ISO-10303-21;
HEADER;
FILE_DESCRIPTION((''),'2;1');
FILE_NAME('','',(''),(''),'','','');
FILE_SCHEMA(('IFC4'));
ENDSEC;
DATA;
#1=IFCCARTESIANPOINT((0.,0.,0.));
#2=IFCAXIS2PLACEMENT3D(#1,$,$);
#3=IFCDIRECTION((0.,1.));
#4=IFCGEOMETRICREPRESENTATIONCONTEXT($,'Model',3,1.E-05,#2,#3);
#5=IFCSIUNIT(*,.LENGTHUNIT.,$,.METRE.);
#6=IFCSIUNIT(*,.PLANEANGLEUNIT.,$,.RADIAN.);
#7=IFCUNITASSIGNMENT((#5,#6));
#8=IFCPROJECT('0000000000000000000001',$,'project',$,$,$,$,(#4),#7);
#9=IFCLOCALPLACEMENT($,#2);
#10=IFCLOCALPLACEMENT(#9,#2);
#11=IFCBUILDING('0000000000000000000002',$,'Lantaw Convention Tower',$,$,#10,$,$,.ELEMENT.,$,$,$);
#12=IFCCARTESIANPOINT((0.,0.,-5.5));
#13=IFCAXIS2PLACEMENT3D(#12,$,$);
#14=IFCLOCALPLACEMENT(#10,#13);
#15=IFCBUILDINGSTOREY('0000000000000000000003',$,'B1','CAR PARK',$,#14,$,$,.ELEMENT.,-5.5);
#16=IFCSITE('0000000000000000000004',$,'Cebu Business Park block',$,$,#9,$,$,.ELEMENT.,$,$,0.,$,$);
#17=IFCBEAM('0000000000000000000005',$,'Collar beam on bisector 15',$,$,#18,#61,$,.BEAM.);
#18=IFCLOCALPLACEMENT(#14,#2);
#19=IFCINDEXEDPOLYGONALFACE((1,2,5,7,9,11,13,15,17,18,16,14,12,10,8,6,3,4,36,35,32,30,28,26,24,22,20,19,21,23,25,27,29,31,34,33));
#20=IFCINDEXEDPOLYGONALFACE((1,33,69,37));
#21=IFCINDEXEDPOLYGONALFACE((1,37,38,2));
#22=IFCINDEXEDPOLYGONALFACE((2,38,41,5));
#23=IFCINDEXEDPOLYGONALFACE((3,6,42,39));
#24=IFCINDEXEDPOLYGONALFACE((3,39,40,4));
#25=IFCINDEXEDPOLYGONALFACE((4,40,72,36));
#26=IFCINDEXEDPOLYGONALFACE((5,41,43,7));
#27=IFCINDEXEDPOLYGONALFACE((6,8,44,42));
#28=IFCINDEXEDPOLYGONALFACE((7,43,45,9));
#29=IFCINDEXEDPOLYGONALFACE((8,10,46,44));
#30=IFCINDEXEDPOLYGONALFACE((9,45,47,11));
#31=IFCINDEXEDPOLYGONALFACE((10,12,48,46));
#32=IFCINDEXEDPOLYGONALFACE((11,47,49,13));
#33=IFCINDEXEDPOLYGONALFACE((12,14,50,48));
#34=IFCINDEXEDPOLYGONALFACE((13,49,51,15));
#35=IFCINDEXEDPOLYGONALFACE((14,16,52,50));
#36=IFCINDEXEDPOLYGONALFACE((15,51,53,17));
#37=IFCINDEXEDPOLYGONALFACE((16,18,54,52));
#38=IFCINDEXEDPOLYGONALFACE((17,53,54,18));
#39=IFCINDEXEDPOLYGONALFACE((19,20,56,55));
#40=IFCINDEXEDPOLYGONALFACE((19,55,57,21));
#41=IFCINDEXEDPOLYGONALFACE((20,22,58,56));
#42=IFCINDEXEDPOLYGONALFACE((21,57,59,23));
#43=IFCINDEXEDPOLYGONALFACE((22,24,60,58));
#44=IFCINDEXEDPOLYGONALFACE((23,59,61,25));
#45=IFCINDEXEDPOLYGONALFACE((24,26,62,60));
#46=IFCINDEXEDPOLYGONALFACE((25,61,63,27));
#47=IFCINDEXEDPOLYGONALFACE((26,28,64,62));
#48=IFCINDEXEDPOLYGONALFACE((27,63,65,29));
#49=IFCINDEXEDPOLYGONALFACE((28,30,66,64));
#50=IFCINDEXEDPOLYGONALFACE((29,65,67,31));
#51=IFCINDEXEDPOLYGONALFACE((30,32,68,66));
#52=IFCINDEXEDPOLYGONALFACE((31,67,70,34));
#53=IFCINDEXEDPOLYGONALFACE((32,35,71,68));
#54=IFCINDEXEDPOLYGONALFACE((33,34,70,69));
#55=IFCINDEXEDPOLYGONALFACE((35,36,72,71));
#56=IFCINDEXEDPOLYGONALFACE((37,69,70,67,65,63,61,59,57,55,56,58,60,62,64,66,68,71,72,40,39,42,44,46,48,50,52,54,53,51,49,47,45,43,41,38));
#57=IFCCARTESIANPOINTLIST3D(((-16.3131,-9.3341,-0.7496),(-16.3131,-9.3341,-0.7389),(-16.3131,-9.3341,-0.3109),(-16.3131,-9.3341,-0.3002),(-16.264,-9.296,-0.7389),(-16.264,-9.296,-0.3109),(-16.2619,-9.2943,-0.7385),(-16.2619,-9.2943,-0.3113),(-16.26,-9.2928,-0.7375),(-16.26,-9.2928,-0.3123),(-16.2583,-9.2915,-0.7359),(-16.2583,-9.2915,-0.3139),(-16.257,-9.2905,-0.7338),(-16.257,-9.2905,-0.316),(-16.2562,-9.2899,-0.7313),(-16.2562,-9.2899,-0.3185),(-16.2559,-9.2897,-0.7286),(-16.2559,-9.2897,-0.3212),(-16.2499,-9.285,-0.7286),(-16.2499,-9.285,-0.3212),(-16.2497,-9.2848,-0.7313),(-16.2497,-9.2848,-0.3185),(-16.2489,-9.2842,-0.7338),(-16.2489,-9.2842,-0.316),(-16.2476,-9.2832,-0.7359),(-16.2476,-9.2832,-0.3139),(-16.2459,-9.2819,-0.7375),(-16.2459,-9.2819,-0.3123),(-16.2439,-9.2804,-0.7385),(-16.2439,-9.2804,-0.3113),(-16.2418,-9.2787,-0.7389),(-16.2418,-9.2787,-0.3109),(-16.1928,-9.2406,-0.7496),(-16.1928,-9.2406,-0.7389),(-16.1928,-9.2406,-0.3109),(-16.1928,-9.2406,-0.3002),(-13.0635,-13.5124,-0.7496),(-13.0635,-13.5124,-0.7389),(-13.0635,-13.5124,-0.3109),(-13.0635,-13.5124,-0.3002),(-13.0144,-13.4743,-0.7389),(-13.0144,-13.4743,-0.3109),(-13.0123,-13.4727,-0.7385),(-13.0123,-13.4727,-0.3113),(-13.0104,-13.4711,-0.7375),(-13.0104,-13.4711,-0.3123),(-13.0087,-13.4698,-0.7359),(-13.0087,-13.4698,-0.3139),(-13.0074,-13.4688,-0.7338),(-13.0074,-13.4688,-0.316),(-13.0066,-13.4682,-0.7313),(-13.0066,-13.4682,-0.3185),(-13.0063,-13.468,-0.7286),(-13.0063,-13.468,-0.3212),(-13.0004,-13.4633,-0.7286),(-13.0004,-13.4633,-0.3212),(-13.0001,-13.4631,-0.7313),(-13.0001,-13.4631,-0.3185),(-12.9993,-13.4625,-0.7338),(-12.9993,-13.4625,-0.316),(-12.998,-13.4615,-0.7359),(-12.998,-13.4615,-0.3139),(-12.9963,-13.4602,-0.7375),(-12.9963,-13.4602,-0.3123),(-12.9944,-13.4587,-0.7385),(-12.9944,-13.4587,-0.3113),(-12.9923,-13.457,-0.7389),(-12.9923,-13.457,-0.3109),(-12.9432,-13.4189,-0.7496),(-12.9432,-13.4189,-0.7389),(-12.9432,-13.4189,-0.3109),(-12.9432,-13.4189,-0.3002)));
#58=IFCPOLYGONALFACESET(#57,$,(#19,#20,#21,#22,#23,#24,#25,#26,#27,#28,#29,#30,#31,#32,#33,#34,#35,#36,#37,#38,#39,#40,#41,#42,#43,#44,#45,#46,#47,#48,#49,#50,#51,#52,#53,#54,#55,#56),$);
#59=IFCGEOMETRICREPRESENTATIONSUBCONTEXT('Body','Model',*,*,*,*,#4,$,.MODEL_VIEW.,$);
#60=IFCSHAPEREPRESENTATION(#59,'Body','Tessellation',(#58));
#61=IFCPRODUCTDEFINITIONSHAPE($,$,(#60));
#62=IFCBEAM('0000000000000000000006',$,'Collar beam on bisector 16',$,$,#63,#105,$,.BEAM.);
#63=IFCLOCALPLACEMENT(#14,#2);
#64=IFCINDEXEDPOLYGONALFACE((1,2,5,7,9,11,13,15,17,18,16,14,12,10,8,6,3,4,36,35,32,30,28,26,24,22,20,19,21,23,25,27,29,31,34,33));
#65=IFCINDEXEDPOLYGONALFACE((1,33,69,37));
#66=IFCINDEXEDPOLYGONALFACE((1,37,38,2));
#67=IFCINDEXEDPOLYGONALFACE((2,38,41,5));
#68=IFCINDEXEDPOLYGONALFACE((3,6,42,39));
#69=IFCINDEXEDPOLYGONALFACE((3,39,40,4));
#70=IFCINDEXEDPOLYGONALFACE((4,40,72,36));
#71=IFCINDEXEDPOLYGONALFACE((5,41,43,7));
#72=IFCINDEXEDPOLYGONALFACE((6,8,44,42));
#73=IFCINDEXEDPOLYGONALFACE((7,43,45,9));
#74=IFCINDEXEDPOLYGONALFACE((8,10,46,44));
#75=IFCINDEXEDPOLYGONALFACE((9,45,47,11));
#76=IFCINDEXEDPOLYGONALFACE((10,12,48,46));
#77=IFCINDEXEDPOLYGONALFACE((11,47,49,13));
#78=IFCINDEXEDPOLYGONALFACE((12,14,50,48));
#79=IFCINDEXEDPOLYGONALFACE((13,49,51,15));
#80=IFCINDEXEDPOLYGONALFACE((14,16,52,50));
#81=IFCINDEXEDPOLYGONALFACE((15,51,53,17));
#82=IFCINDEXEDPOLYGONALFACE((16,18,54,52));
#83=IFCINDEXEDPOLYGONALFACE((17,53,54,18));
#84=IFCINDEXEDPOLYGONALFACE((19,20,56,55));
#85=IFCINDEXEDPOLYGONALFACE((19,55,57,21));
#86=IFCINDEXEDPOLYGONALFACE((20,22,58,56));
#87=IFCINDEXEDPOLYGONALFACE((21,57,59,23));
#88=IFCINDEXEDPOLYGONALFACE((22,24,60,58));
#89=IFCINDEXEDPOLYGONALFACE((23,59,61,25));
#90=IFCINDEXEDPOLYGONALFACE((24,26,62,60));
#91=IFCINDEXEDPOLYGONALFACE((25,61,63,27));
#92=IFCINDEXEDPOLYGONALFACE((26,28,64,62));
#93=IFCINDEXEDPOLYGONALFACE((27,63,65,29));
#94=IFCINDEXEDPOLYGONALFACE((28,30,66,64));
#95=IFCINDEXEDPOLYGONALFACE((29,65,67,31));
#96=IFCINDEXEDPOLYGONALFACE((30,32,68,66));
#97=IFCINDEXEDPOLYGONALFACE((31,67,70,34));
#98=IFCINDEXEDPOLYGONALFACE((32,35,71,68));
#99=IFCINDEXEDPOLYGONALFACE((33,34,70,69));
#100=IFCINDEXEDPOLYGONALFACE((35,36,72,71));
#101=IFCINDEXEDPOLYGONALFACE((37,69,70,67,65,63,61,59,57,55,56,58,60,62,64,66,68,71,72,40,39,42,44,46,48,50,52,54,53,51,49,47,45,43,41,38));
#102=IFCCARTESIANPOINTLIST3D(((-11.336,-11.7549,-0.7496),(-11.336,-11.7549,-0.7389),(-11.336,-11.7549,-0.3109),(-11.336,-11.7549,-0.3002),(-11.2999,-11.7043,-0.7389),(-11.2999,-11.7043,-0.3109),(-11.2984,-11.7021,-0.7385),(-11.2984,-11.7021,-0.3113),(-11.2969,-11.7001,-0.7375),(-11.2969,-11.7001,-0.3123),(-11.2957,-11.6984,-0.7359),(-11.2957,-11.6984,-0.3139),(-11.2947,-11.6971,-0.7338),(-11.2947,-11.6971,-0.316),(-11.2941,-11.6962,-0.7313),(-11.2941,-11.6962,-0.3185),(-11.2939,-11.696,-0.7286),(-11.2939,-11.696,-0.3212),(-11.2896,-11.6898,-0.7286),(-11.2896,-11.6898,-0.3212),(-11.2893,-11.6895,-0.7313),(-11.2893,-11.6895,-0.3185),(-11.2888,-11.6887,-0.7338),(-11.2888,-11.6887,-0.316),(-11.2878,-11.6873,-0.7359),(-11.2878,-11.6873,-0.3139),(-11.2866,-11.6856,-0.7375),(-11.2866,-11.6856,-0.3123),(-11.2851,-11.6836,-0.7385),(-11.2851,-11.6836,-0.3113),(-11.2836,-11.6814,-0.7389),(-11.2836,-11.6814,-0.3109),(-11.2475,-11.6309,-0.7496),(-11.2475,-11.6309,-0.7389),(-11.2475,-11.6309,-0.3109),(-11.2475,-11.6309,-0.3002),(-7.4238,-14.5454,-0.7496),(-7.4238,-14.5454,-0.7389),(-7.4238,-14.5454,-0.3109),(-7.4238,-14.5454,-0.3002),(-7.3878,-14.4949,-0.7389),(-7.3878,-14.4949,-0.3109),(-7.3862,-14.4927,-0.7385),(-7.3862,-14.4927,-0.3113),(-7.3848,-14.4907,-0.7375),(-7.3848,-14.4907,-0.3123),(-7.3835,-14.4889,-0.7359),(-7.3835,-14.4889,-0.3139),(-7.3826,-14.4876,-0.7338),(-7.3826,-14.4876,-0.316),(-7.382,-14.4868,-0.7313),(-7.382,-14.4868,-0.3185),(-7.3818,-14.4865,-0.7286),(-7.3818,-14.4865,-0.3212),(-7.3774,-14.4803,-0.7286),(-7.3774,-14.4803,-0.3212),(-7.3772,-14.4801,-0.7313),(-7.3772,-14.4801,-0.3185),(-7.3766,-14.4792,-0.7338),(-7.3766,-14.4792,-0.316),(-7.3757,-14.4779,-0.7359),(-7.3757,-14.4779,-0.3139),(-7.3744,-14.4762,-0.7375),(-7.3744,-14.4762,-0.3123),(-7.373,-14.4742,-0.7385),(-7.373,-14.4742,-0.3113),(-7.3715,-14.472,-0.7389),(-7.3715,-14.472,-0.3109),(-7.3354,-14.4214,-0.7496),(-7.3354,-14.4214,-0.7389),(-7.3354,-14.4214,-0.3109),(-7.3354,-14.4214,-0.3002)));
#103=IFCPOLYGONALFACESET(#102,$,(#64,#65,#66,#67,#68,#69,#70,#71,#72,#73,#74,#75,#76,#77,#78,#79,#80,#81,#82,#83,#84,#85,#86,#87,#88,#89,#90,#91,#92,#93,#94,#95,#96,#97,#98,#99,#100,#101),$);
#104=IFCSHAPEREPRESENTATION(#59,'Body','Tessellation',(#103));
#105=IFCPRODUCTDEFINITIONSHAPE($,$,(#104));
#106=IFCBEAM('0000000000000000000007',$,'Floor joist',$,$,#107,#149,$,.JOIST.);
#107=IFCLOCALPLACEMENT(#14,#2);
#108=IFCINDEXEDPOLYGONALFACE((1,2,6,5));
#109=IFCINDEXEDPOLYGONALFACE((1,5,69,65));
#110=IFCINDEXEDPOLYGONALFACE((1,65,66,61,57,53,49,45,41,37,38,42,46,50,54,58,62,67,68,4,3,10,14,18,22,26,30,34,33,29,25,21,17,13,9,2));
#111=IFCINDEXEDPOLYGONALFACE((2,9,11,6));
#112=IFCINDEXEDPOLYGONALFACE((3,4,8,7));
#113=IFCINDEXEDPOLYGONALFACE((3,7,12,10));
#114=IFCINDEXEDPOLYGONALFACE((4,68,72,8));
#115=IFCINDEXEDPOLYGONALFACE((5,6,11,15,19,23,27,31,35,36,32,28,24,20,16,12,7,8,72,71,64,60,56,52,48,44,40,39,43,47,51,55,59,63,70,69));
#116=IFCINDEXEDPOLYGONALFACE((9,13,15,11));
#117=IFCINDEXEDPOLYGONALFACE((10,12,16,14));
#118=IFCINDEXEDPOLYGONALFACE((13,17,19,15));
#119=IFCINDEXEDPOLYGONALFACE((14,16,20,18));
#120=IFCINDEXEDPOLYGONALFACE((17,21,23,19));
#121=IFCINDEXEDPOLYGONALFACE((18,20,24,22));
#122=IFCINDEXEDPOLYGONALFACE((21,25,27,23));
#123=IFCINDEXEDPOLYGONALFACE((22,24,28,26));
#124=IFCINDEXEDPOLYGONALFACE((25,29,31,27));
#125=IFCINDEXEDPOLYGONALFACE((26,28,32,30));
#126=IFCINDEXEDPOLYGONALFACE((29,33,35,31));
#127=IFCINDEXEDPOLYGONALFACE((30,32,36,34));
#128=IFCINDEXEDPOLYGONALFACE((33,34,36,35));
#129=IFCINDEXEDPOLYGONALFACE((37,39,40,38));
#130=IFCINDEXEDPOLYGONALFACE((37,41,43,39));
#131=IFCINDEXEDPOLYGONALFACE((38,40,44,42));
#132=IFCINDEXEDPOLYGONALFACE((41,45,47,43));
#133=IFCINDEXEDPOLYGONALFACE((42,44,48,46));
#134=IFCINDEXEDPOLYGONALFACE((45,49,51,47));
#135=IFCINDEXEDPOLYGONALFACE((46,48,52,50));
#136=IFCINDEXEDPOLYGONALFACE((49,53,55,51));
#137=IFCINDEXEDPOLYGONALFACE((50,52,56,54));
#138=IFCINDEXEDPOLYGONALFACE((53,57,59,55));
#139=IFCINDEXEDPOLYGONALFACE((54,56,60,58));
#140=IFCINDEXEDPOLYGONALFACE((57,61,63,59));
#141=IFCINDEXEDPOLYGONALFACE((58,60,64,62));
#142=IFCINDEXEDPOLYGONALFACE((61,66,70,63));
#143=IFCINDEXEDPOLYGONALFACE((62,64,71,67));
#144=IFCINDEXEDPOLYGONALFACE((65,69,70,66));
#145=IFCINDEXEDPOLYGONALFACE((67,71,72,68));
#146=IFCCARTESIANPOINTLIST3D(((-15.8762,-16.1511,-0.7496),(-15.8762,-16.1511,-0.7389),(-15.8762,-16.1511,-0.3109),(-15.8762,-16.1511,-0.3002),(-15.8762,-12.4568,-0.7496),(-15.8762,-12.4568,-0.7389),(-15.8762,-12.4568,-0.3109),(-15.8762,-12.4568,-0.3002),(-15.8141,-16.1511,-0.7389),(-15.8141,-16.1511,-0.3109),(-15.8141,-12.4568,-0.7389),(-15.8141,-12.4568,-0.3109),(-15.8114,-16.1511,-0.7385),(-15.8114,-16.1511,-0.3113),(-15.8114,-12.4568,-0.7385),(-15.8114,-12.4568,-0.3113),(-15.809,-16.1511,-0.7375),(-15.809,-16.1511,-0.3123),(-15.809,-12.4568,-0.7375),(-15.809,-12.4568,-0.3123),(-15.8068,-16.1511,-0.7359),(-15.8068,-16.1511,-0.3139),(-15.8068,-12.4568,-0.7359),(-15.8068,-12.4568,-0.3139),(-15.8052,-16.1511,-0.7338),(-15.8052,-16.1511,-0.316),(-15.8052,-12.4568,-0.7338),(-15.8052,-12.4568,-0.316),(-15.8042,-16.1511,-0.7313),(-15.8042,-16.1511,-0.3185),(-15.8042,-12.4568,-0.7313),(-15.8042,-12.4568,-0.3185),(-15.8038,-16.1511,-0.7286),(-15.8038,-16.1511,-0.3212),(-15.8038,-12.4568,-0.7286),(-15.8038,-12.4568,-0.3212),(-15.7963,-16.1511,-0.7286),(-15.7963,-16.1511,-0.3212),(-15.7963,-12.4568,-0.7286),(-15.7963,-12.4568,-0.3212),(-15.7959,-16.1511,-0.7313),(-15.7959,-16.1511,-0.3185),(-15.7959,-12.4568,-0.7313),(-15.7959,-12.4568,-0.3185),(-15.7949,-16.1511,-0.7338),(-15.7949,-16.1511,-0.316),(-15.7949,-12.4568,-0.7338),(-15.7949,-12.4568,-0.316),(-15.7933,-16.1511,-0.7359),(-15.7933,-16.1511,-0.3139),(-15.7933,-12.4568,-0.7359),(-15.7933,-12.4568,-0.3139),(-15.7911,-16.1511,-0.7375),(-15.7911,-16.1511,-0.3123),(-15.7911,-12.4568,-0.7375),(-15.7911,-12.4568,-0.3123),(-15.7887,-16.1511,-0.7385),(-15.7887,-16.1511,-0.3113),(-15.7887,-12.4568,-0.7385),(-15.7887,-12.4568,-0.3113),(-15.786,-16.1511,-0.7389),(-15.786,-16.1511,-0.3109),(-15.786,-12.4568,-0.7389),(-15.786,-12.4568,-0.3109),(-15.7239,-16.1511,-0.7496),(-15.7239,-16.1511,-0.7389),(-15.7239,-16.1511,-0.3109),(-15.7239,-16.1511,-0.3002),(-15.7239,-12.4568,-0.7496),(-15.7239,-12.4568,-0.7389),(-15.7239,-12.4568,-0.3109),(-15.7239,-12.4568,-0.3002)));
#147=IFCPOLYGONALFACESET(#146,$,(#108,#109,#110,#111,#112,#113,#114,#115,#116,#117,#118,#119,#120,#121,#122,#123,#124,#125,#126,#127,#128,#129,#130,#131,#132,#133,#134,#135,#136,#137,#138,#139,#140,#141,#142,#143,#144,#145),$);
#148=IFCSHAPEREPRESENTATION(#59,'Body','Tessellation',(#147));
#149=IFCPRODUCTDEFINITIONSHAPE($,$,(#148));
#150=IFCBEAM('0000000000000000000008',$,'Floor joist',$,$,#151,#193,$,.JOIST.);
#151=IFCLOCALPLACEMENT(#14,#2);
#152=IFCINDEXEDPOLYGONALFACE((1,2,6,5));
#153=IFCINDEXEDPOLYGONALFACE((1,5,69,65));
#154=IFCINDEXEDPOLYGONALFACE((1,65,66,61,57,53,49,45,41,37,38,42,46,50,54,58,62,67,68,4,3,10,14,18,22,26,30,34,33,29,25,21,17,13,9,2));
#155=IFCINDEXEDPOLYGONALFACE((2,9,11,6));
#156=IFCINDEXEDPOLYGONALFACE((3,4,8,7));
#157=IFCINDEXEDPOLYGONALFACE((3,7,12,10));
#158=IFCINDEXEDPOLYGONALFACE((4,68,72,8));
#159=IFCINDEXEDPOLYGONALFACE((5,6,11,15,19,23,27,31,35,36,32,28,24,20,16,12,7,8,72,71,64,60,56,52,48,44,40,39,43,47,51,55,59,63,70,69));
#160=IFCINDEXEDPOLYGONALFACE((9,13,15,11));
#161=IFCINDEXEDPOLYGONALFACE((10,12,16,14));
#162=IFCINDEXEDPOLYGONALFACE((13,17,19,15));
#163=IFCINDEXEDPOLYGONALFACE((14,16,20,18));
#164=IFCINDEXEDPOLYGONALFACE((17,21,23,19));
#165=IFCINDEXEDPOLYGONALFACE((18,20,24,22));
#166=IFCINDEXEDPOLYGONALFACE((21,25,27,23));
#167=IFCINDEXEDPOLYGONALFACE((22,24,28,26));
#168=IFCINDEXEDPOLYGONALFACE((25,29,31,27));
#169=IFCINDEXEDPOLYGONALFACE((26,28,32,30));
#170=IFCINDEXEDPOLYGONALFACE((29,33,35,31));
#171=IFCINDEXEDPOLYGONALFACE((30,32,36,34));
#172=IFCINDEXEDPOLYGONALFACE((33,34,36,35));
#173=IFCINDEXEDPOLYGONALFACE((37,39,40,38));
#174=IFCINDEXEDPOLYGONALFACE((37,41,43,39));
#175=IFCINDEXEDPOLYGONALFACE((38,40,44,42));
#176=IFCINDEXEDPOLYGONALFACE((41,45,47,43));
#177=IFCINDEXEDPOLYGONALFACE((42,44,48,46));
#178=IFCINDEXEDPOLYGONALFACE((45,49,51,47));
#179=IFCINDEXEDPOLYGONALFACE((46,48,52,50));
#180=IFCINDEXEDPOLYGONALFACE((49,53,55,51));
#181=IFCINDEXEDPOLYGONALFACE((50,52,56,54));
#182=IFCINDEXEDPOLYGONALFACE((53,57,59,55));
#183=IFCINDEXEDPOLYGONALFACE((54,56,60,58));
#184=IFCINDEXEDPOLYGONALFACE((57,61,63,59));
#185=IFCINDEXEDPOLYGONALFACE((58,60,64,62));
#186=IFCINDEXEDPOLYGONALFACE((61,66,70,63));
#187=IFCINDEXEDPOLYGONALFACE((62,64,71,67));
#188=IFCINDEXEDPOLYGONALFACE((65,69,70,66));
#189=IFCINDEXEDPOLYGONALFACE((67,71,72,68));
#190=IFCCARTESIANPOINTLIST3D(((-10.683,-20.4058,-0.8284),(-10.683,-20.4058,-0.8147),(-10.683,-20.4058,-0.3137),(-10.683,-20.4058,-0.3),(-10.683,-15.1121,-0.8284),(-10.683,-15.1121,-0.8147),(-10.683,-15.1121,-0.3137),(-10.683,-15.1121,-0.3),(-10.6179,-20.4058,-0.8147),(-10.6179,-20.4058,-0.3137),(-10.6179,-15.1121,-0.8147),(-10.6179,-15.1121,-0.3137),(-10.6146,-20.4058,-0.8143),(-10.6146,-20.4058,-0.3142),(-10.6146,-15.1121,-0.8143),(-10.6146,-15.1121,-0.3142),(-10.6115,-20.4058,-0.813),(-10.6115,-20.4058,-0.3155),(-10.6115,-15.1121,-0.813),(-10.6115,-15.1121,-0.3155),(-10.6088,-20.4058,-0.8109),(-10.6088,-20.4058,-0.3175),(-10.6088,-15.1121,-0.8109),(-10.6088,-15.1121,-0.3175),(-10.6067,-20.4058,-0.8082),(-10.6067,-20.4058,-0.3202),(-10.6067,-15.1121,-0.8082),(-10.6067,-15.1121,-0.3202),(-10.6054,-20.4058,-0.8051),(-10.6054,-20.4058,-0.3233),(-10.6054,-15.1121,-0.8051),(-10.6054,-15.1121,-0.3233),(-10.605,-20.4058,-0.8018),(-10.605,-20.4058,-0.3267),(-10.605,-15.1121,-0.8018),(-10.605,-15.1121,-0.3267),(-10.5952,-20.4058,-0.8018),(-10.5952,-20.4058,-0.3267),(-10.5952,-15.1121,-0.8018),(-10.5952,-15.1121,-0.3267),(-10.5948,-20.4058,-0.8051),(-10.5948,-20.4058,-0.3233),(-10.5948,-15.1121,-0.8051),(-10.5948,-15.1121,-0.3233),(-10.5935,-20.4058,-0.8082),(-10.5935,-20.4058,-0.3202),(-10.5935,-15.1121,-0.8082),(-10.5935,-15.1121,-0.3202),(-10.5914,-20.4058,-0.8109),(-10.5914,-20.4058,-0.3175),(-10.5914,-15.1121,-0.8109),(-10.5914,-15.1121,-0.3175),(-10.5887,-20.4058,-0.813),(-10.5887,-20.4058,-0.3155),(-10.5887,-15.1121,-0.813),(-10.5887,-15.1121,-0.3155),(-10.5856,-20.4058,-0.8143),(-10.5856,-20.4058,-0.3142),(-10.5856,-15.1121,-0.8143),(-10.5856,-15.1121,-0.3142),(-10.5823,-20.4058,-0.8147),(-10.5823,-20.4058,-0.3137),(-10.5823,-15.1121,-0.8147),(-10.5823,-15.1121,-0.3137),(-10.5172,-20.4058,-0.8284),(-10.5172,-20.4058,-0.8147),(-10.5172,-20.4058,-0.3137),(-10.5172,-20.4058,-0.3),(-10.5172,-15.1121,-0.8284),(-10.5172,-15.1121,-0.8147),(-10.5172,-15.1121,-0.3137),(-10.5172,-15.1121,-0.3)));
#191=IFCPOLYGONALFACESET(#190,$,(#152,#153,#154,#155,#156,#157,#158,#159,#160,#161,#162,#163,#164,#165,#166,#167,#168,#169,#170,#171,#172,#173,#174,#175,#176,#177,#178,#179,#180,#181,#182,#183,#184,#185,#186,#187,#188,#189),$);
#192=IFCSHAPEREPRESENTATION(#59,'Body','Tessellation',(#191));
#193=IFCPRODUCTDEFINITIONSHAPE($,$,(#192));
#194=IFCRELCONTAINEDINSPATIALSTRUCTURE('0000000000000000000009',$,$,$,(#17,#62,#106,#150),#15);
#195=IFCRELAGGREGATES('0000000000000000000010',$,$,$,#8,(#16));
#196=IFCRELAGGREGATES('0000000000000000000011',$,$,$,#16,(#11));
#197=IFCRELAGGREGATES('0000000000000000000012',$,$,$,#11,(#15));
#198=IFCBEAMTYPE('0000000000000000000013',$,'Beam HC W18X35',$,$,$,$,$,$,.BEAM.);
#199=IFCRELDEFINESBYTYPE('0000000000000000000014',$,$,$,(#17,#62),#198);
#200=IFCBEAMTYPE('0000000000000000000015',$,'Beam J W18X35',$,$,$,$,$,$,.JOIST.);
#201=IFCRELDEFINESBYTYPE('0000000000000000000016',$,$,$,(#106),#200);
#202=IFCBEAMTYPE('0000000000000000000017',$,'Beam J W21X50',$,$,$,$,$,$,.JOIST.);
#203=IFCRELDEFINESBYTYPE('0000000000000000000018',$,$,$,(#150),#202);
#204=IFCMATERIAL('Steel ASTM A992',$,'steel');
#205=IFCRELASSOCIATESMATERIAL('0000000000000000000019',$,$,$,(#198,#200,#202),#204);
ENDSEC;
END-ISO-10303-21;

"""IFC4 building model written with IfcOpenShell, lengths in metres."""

from ifc_helpers import new_model, si_unit, direction, frame, origin, origin_2d, place, context, subcontext, project, spatial, i_section, extrude, material, material_profile, profile_set, type_object, element, save


model = new_model("IFC4")

# Units and contexts
model_context = context("Model", 3, precision=1e-05, world=origin(), true_north=direction((0.0, 1.0)))
body_context = subcontext(model_context, "Body", "Model", "MODEL_VIEW")
ifc_project = project(units=[si_unit("LENGTHUNIT", "METRE"), si_unit("PLANEANGLEUNIT", "RADIAN")], contexts=[model_context])

# Site, building, storey
site_placement = place(None, origin())
site = spatial("IfcSite", under=ifc_project, at=site_placement, Name="Cebu Business Park block", CompositionType="ELEMENT", RefElevation=0.0)
building_placement = place(site_placement, origin())
building = spatial("IfcBuilding", under=site, at=building_placement, Name="Lantaw Convention Tower", CompositionType="ELEMENT")
storey_placement = place(building_placement, frame((0.0, 0.0, -5.5)))
storey = spatial("IfcBuildingStorey", under=building, at=storey_placement, Name="B1", Description="CAR PARK", CompositionType="ELEMENT", Elevation=-5.5)

# Beams
ifc_material_1 = material(Name="Steel ASTM A992", Category="steel")
ifc_material_profile_1 = material_profile(ifc_material_1, i_section(OverallWidth=0.1523, OverallDepth=0.4495, WebThickness=0.0076, FlangeThickness=0.0107, FilletRadius=0.0103, at=origin_2d()), Name="W18X35")
ifc_profile_set_1 = profile_set([ifc_material_profile_1], Name="Steel ASTM A992")
beam_type_1 = type_object("IfcBeamType", Name="Beam HC W18X35", PredefinedType="BEAM", material=ifc_profile_set_1)
beam_1_placement = place(storey_placement, frame((-16.2529, -9.2874, -0.5249), z_axis=(0.613915, -0.789372, 0.0), x_axis=(0.789372, 0.613915, 0.0)))
element("IfcBeam", 1, at=beam_1_placement, inside=storey, type_object=beam_type_1, Name="Collar beam on bisector 15", PredefinedType="BEAM", context=body_context, shape_type="SweptSolid", body=[
    extrude(i_section(OverallWidth=0.1523, OverallDepth=0.4495, WebThickness=0.0076, FlangeThickness=0.0107, FilletRadius=0.0103, at=origin_2d()), origin(), (0.0, 0.0, 1.0), 5.2932),
])
beam_2_placement = place(storey_placement, frame((-11.2917, -11.6929, -0.5249), z_axis=(0.814111, -0.580709, 0.0), x_axis=(0.580709, 0.814111, 0.0)))
element("IfcBeam", 2, at=beam_2_placement, inside=storey, type_object=beam_type_1, Name="Collar beam on bisector 16", PredefinedType="BEAM", context=body_context, shape_type="SweptSolid", body=[
    extrude(i_section(OverallWidth=0.1523, OverallDepth=0.4495, WebThickness=0.0076, FlangeThickness=0.0107, FilletRadius=0.0103, at=origin_2d()), origin(), (0.0, 0.0, 1.0), 4.8054),
])
ifc_material_profile_2 = material_profile(ifc_material_1, i_section(OverallWidth=0.1523, OverallDepth=0.4495, WebThickness=0.0076, FlangeThickness=0.0107, FilletRadius=0.0103, at=origin_2d()), Name="W18X35")
ifc_profile_set_2 = profile_set([ifc_material_profile_2], Name="Steel ASTM A992")
beam_type_2 = type_object("IfcBeamType", Name="Beam J W18X35", PredefinedType="JOIST", material=ifc_profile_set_2)
beam_3_placement = place(storey_placement, frame((-15.8, -16.1511, -0.5249), z_axis=(0.0, 1.0, 0.0), x_axis=(-1.0, 0.0, 0.0)))
element("IfcBeam", 3, at=beam_3_placement, inside=storey, type_object=beam_type_2, Name="Floor joist", PredefinedType="JOIST", context=body_context, shape_type="SweptSolid", body=[
    extrude(i_section(OverallWidth=0.1523, OverallDepth=0.4495, WebThickness=0.0076, FlangeThickness=0.0107, FilletRadius=0.0103, at=origin_2d()), origin(), (0.0, 0.0, 1.0), 3.6943),
])
ifc_material_profile_3 = material_profile(ifc_material_1, i_section(OverallWidth=0.1658, OverallDepth=0.5283, WebThickness=0.0098, FlangeThickness=0.0137, FilletRadius=0.0129, at=origin_2d()), Name="W21X50")
ifc_profile_set_3 = profile_set([ifc_material_profile_3], Name="Steel ASTM A992")
beam_type_3 = type_object("IfcBeamType", Name="Beam J W21X50", PredefinedType="JOIST", material=ifc_profile_set_3)
beam_4_placement = place(storey_placement, frame((-10.6001, -20.4058, -0.5642), z_axis=(0.0, 1.0, 0.0), x_axis=(-1.0, 0.0, 0.0)))
element("IfcBeam", 4, at=beam_4_placement, inside=storey, type_object=beam_type_3, Name="Floor joist", PredefinedType="JOIST", context=body_context, shape_type="SweptSolid", body=[
    extrude(i_section(OverallWidth=0.1658, OverallDepth=0.5283, WebThickness=0.0098, FlangeThickness=0.0137, FilletRadius=0.0129, at=origin_2d()), origin(), (0.0, 0.0, 1.0), 5.2937),
])

save(model, "model.ifc")
